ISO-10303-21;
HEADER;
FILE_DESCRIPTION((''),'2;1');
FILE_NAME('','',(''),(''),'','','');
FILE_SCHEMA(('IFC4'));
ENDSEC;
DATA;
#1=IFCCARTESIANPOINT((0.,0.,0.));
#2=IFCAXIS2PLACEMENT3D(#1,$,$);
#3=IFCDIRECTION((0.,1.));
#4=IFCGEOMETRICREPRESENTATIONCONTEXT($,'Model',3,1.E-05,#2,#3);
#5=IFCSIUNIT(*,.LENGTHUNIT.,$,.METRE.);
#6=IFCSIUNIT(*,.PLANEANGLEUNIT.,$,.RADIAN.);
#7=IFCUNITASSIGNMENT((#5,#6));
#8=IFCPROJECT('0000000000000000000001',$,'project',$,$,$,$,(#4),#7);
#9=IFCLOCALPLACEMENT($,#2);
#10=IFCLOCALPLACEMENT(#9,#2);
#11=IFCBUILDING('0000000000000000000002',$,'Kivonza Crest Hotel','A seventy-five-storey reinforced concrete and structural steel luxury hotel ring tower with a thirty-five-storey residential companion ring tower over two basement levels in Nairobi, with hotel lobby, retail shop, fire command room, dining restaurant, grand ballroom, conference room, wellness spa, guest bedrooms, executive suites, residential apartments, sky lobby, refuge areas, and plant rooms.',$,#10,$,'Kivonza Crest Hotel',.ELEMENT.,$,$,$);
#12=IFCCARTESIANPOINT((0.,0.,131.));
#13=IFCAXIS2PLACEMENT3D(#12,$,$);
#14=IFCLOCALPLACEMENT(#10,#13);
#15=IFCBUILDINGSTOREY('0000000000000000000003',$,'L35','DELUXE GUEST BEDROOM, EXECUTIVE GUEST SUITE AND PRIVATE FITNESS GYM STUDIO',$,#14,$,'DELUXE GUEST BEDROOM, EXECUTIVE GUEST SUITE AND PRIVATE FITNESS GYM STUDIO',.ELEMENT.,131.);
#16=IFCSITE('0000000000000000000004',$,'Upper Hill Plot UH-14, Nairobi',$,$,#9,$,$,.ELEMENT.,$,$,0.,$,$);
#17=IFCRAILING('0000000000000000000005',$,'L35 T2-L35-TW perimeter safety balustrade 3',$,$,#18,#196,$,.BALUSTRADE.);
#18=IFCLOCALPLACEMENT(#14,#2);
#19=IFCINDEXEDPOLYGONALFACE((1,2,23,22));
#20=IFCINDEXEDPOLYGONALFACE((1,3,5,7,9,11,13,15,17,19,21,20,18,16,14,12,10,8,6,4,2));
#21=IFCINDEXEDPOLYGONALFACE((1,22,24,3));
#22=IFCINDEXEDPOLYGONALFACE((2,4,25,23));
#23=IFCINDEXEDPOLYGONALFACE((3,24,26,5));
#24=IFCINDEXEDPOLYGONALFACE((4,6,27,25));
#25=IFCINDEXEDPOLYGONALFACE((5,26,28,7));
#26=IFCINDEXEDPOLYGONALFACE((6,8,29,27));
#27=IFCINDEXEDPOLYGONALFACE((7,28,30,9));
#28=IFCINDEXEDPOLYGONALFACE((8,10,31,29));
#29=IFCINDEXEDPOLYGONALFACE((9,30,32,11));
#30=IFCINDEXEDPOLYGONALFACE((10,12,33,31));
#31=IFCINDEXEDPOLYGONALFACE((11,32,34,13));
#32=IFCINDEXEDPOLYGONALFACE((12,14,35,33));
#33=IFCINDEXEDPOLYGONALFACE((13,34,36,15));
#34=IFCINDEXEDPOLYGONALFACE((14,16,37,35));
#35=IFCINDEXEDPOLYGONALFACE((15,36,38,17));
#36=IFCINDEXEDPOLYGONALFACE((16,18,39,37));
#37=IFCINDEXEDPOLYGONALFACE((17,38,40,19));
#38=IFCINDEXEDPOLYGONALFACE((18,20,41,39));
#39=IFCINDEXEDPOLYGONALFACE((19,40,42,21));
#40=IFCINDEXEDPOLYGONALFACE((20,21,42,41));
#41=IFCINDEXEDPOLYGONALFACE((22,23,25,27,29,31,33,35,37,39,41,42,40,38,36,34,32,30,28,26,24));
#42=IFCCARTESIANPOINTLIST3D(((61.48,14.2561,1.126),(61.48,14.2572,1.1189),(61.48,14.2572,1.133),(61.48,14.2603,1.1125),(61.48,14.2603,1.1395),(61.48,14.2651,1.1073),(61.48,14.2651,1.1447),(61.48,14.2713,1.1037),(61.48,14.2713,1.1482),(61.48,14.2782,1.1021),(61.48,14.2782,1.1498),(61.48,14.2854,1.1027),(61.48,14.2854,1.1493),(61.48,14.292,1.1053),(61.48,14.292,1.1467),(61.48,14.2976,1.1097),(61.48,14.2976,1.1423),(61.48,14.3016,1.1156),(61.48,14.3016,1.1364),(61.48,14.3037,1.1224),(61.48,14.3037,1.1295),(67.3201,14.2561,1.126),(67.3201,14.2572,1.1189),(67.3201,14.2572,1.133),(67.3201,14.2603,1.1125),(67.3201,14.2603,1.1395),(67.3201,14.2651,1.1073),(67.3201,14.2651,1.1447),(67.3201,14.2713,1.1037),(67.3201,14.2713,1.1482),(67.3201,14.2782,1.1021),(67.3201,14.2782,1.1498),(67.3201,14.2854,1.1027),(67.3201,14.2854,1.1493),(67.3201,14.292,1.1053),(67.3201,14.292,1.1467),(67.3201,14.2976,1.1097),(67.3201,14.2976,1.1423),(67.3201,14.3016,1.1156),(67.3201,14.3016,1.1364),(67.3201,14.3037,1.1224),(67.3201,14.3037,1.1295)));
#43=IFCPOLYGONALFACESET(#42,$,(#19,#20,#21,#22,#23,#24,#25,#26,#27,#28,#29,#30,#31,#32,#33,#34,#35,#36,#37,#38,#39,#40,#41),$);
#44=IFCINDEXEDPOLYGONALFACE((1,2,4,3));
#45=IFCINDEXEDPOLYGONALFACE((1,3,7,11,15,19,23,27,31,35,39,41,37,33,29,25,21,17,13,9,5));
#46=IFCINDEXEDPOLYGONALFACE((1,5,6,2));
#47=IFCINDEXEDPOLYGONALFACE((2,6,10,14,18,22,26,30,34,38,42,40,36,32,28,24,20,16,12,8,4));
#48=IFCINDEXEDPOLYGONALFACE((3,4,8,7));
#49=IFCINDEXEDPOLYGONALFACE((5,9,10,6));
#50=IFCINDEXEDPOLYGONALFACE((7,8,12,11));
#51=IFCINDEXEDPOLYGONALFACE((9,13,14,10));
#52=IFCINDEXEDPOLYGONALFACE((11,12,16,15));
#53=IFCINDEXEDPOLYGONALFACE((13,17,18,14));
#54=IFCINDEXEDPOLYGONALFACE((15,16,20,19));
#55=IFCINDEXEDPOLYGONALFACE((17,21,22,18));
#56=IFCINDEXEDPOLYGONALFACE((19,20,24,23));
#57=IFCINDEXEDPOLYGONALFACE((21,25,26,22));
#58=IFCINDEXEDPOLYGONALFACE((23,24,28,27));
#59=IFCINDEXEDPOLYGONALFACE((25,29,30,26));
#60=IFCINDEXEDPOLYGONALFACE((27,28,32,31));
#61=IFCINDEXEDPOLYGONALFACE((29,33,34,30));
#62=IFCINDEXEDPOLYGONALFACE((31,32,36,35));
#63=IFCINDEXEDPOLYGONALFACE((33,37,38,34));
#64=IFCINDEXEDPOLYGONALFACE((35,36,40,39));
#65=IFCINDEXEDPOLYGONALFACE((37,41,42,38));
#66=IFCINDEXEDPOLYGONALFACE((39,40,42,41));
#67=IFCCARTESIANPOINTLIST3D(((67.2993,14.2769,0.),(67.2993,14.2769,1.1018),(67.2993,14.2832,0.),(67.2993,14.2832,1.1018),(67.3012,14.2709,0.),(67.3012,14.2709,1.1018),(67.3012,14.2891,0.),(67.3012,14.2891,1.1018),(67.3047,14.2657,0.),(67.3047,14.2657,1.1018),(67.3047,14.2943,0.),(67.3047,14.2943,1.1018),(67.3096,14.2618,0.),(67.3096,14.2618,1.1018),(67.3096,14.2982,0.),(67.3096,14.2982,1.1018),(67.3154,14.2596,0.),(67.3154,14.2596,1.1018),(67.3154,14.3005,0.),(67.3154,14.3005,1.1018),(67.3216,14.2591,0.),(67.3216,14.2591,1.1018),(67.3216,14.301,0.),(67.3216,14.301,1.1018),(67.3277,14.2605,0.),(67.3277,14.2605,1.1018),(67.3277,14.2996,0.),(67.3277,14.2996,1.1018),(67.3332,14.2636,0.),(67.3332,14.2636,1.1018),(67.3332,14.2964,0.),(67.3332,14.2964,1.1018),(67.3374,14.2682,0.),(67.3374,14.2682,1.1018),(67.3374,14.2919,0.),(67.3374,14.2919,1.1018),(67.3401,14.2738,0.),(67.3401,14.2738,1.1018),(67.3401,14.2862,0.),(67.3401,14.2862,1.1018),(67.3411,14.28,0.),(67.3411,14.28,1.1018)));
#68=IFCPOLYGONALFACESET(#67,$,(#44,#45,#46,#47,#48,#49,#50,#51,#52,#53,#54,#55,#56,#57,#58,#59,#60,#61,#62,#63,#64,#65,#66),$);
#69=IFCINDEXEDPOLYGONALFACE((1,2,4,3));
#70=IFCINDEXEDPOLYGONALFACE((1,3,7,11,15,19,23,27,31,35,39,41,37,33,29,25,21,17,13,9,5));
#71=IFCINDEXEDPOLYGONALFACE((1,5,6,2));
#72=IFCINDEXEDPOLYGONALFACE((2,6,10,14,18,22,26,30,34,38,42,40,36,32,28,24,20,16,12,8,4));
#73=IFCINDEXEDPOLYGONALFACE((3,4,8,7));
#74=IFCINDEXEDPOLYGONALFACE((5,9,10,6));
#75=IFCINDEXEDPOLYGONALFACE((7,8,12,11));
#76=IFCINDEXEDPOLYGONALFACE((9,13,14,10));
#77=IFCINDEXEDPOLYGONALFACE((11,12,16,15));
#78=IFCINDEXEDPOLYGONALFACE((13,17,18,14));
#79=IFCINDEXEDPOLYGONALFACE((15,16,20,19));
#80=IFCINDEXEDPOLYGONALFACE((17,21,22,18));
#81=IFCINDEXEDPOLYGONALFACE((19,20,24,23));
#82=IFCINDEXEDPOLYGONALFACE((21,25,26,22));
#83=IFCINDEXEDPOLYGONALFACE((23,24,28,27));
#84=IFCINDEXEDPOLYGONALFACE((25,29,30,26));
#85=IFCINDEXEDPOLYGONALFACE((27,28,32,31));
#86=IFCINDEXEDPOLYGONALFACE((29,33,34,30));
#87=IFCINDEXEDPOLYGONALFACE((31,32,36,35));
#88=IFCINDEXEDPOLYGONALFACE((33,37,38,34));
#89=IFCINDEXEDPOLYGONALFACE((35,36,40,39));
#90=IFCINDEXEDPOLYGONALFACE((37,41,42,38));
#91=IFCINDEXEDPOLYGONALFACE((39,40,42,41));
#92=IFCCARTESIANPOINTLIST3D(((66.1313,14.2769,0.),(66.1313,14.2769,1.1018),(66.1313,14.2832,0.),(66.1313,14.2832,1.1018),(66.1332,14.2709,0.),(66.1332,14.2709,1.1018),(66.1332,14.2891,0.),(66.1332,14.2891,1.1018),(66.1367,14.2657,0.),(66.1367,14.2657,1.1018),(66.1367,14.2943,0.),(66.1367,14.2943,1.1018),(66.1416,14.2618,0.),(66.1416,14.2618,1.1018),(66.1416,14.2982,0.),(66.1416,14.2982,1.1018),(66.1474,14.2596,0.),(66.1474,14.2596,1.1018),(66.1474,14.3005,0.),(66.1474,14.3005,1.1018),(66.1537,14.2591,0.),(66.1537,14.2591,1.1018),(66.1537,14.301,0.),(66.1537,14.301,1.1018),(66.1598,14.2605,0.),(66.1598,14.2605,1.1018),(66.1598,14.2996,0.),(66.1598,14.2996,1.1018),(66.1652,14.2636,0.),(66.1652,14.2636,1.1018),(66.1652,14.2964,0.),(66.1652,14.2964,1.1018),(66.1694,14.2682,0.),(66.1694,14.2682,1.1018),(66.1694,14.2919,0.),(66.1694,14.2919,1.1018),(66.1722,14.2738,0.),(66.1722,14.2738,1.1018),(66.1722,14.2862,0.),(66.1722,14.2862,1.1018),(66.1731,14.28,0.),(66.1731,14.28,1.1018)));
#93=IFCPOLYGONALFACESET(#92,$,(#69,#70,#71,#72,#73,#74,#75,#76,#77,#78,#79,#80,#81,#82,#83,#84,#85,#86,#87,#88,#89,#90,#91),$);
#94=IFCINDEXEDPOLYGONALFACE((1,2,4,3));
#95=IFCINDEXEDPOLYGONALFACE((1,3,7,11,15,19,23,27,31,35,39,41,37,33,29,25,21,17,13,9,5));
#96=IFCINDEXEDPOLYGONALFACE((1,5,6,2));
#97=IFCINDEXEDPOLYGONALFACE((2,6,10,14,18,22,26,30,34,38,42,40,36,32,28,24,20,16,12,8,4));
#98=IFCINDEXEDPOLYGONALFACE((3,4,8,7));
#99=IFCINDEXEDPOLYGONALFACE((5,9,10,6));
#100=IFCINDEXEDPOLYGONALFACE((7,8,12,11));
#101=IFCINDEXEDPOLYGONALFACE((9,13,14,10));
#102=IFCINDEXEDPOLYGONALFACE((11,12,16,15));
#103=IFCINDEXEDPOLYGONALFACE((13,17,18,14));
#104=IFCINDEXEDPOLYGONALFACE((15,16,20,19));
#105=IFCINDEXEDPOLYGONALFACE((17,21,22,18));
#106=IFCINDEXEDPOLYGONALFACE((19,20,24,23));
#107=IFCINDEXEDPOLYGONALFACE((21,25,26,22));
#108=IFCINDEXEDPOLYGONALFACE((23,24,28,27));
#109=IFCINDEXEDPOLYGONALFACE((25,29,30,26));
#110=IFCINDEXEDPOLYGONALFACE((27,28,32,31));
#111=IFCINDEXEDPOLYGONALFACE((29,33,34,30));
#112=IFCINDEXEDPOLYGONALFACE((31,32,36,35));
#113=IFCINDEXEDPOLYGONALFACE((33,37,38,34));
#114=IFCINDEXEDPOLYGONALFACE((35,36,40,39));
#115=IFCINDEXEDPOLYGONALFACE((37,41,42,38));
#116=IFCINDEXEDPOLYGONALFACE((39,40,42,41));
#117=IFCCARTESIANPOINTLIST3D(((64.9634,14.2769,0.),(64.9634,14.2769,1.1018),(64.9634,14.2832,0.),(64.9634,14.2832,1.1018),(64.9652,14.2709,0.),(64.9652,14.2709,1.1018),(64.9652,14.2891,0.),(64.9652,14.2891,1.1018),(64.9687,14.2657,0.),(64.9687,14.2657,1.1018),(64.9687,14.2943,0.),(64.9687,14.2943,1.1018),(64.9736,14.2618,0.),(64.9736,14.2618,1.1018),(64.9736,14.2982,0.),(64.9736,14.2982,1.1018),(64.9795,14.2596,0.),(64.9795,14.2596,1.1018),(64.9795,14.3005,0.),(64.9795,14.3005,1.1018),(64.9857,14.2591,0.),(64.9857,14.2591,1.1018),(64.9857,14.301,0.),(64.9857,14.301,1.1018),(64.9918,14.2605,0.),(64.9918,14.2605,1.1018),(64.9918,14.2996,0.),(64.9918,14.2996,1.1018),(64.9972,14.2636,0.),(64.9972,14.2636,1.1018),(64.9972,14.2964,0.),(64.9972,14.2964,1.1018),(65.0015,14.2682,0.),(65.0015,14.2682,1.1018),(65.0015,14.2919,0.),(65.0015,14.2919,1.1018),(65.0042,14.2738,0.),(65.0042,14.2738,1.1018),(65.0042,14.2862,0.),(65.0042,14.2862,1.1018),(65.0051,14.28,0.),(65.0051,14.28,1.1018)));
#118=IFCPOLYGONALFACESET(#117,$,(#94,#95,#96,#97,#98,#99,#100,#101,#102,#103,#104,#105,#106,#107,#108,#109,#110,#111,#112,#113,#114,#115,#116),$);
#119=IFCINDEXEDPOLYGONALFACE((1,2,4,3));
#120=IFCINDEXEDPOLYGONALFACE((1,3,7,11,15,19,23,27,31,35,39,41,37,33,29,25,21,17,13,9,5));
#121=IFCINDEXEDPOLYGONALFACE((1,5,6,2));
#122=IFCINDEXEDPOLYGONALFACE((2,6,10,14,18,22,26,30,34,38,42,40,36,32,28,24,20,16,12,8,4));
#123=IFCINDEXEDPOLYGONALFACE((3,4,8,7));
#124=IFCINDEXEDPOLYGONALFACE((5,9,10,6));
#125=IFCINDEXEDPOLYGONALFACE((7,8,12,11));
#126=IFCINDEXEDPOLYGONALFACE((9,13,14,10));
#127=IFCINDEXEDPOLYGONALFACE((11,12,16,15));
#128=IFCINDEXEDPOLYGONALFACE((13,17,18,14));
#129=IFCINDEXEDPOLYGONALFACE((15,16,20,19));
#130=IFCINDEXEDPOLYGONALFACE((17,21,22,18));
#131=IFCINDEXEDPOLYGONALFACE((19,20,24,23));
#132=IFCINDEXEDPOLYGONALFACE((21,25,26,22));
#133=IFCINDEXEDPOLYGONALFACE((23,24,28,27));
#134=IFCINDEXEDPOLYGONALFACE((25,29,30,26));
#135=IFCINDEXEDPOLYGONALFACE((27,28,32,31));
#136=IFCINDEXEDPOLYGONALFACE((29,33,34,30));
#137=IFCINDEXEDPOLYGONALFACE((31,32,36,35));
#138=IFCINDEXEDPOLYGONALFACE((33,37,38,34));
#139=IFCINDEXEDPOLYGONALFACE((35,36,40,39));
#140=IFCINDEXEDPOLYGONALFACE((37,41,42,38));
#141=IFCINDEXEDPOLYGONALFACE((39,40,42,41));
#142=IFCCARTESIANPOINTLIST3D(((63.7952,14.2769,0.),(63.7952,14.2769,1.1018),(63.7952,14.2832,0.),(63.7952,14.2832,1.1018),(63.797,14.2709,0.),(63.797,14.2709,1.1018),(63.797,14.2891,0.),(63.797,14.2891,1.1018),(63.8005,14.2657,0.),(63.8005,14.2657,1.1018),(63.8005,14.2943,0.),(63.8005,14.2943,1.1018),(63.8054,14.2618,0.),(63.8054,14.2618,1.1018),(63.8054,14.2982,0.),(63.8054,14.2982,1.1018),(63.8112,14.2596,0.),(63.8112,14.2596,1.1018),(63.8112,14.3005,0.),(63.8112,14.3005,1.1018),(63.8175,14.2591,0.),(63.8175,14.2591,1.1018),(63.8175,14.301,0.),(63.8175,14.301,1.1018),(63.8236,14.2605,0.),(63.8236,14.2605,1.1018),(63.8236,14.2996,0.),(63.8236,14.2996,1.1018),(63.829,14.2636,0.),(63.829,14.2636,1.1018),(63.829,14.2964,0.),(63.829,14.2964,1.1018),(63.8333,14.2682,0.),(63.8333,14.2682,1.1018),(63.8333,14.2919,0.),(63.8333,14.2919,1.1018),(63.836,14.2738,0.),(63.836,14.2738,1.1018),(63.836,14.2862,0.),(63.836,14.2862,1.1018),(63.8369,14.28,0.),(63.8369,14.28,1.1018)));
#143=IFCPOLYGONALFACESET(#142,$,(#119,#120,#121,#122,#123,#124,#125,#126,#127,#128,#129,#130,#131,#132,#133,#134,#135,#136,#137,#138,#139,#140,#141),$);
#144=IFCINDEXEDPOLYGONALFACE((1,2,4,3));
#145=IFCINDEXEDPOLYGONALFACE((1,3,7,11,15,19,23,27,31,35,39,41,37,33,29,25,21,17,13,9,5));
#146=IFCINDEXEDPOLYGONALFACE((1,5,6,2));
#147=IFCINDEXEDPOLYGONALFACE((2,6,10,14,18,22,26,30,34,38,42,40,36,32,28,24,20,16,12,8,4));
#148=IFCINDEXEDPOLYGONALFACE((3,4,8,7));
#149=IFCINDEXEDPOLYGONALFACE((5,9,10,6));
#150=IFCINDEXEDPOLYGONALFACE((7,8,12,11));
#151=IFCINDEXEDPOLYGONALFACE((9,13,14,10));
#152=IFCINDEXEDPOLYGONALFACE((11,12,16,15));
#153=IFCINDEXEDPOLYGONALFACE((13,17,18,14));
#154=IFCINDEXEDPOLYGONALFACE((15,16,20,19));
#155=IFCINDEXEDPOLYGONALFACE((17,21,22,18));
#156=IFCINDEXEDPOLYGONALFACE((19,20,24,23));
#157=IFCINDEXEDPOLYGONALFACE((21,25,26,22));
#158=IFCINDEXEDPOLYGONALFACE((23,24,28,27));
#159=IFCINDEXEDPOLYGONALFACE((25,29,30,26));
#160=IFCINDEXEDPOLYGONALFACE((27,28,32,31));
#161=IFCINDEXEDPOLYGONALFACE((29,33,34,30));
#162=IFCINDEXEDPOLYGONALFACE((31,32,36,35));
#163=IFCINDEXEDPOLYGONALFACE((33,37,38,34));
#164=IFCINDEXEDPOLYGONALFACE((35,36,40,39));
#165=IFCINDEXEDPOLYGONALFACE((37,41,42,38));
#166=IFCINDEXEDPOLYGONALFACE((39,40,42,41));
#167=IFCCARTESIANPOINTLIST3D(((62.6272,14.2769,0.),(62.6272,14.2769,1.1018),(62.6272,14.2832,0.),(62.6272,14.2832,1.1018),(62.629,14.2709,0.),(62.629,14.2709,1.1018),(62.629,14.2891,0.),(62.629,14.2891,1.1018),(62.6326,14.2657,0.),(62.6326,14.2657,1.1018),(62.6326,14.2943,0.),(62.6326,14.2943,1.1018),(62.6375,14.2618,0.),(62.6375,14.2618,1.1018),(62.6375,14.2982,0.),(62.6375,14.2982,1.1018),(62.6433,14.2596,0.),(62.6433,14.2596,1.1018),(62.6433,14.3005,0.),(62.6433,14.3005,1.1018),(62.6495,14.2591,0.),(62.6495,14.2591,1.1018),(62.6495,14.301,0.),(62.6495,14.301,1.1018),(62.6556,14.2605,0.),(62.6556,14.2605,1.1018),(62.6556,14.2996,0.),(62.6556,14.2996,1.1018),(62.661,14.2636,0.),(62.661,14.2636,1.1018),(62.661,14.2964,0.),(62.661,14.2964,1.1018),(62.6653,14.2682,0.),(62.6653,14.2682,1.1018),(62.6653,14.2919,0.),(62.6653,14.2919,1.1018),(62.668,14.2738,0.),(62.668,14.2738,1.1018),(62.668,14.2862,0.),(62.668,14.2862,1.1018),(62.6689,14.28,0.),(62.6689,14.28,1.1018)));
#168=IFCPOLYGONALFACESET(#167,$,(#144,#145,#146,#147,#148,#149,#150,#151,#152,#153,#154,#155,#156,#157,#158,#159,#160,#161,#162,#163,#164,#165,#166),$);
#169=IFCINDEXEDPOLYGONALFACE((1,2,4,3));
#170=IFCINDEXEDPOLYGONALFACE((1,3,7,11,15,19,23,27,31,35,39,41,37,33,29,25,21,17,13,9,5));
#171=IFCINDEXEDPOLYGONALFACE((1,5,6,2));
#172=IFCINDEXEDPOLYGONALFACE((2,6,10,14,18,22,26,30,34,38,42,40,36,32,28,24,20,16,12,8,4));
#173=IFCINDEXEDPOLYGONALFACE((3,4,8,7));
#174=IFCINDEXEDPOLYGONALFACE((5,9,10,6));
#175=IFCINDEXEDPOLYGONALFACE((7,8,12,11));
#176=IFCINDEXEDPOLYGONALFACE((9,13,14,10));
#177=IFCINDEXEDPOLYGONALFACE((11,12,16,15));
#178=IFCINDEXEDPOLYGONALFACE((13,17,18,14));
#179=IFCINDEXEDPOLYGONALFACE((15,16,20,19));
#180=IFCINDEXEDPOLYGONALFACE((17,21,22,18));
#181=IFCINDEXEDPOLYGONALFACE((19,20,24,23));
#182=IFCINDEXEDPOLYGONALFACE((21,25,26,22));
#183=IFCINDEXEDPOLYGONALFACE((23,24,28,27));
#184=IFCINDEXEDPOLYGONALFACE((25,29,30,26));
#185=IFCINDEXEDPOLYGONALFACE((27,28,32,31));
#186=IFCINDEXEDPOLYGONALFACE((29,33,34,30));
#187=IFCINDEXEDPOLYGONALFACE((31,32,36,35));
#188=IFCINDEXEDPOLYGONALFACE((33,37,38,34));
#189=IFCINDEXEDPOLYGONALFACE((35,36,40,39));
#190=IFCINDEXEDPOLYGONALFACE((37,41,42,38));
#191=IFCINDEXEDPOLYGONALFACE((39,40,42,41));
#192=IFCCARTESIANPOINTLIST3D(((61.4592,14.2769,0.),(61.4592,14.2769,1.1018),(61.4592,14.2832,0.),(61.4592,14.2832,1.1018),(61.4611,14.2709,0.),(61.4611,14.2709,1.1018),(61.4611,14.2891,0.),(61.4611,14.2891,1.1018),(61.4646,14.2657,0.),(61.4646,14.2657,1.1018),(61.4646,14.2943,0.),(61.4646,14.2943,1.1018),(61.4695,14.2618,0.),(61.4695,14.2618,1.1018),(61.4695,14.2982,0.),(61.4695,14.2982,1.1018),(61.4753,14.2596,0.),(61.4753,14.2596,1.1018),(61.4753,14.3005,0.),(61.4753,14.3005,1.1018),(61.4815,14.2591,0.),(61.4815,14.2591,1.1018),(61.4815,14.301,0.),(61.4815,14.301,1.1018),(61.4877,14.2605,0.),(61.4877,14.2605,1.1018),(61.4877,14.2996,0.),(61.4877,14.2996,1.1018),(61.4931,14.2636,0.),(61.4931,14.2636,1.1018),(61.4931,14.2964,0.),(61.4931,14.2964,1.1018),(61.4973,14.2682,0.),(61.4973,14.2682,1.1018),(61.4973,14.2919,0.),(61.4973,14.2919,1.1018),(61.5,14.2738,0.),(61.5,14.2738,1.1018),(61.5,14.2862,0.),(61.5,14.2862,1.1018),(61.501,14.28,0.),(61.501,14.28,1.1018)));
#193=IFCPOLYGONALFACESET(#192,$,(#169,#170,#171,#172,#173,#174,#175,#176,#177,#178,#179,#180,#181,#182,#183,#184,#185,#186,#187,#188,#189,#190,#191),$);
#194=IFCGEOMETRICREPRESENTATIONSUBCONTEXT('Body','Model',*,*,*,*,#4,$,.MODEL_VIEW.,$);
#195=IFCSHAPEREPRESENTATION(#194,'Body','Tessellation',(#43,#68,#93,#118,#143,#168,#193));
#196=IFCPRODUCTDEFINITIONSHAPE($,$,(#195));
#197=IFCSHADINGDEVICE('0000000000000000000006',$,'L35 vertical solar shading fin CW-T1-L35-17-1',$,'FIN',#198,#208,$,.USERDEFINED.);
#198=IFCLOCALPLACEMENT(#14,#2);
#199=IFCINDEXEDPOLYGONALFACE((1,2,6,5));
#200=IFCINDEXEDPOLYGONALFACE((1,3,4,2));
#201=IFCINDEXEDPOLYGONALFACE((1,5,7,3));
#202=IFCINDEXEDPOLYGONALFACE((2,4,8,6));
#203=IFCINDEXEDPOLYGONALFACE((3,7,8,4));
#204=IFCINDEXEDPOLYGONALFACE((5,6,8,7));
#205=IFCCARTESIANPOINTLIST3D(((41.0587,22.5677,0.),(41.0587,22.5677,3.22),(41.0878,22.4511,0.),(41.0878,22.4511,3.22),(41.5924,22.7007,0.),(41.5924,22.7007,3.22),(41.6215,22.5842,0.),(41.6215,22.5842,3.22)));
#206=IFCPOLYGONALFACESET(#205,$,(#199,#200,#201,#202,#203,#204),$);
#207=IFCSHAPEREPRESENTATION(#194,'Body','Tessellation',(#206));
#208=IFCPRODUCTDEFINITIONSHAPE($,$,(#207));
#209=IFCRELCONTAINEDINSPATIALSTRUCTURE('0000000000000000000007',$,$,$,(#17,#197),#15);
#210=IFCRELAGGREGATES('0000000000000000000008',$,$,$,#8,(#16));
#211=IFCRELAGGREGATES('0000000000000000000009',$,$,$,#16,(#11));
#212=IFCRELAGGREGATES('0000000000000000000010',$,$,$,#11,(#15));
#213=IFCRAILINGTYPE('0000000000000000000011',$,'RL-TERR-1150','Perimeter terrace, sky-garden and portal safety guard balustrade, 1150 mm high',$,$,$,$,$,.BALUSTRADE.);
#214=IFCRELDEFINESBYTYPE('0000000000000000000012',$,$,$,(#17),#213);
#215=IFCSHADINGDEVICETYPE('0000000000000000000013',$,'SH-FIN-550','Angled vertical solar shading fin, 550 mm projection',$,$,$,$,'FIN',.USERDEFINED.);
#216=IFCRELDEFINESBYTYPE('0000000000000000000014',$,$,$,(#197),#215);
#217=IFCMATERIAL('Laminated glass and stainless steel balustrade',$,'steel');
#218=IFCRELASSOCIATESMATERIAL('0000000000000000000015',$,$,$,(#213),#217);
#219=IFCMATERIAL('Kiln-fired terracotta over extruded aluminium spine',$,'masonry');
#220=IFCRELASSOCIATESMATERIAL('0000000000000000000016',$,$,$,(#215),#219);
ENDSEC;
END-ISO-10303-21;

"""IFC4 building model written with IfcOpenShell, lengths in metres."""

from ifc_helpers import new_model, si_unit, direction, frame, origin, origin_2d, place, context, subcontext, project, spatial, rectangle, circle, extrude, material, type_object, element, save


model = new_model("IFC4")

# Units and contexts
model_context = context("Model", 3, precision=1e-05, world=origin(), true_north=direction((0.0, 1.0)))
body_context = subcontext(model_context, "Body", "Model", "MODEL_VIEW")
ifc_project = project(units=[si_unit("LENGTHUNIT", "METRE"), si_unit("PLANEANGLEUNIT", "RADIAN")], contexts=[model_context])

# Site, building, storey
site_placement = place(None, origin())
site = spatial("IfcSite", under=ifc_project, at=site_placement, Name="Upper Hill Plot UH-14, Nairobi", CompositionType="ELEMENT", RefElevation=0.0)
building_placement = place(site_placement, origin())
building = spatial("IfcBuilding", under=site, at=building_placement, Name="Kivonza Crest Hotel", Description="A seventy-five-storey reinforced concrete and structural steel luxury hotel ring tower with a thirty-five-storey residential companion ring tower over two basement levels in Nairobi, with hotel lobby, retail shop, fire command room, dining restaurant, grand ballroom, conference room, wellness spa, guest bedrooms, executive suites, residential apartments, sky lobby, refuge areas, and plant rooms.", LongName="Kivonza Crest Hotel", CompositionType="ELEMENT")
storey_placement = place(building_placement, frame((0.0, 0.0, 131.0)))
storey = spatial("IfcBuildingStorey", under=building, at=storey_placement, Name="L35", Description="DELUXE GUEST BEDROOM, EXECUTIVE GUEST SUITE AND PRIVATE FITNESS GYM STUDIO", LongName="DELUXE GUEST BEDROOM, EXECUTIVE GUEST SUITE AND PRIVATE FITNESS GYM STUDIO", CompositionType="ELEMENT", Elevation=131.0)

# Railing
ifc_material_1 = material(Name="Laminated glass and stainless steel balustrade", Category="steel")
railing_type = type_object("IfcRailingType", Name="RL-TERR-1150", Description="Perimeter terrace, sky-garden and portal safety guard balustrade, 1150 mm high", PredefinedType="BALUSTRADE", material=ifc_material_1)
railing_1_placement = place(storey_placement, frame((67.3201, 14.28, 0.0)))
element("IfcRailing", 1, at=railing_1_placement, inside=storey, type_object=railing_type, Name="L35 T2-L35-TW perimeter safety balustrade 3", PredefinedType="BALUSTRADE", context=body_context, shape_type="SweptSolid", body=[
    extrude(circle(Radius=0.0239, at=origin_2d()), frame((0.0, 0.0, 1.126), z_axis=(-1.0, 0.0, 0.0), x_axis=(0.0, -1.0, 0.0)), (0.0, 0.0, 1.0), 5.8401),
    extrude(circle(Radius=0.021, at=origin_2d()), origin(), (0.0, 0.0, 1.0), 1.1018),
    extrude(circle(Radius=0.021, at=origin_2d()), frame((-1.168, 0.0, 0.0)), (0.0, 0.0, 1.0), 1.1018),
    extrude(circle(Radius=0.021, at=origin_2d()), frame((-2.3359, 0.0, 0.0)), (0.0, 0.0, 1.0), 1.1018),
    extrude(circle(Radius=0.021, at=origin_2d()), frame((-3.5042, 0.0, 0.0)), (0.0, 0.0, 1.0), 1.1018),
    extrude(circle(Radius=0.021, at=origin_2d()), frame((-4.6721, 0.0, 0.0)), (0.0, 0.0, 1.0), 1.1018),
    extrude(circle(Radius=0.021, at=origin_2d()), frame((-5.8401, 0.0, 0.0)), (0.0, 0.0, 1.0), 1.1018),
])

# Shading device
ifc_material_2 = material(Name="Kiln-fired terracotta over extruded aluminium spine", Category="masonry")
shading_device_type = type_object("IfcShadingDeviceType", Name="SH-FIN-550", Description="Angled vertical solar shading fin, 550 mm projection", ElementType="FIN", PredefinedType="USERDEFINED", material=ifc_material_2)
shading_device_placement = place(storey_placement, frame((41.3401, 22.5759, 0.0), z_axis=(0.0, 0.0, 1.0), x_axis=(-0.241922, 0.970296, 0.0)))
element("IfcShadingDevice", 2, at=shading_device_placement, inside=storey, type_object=shading_device_type, Name="L35 vertical solar shading fin CW-T1-L35-17-1", ObjectType="FIN", PredefinedType="USERDEFINED", context=body_context, shape_type="SweptSolid", body=[
    extrude(rectangle(XDim=0.1201, YDim=0.55, at=origin_2d()), origin(), (0.0, 0.0, 1.0), 3.22),
])

save(model, "model.ifc")
